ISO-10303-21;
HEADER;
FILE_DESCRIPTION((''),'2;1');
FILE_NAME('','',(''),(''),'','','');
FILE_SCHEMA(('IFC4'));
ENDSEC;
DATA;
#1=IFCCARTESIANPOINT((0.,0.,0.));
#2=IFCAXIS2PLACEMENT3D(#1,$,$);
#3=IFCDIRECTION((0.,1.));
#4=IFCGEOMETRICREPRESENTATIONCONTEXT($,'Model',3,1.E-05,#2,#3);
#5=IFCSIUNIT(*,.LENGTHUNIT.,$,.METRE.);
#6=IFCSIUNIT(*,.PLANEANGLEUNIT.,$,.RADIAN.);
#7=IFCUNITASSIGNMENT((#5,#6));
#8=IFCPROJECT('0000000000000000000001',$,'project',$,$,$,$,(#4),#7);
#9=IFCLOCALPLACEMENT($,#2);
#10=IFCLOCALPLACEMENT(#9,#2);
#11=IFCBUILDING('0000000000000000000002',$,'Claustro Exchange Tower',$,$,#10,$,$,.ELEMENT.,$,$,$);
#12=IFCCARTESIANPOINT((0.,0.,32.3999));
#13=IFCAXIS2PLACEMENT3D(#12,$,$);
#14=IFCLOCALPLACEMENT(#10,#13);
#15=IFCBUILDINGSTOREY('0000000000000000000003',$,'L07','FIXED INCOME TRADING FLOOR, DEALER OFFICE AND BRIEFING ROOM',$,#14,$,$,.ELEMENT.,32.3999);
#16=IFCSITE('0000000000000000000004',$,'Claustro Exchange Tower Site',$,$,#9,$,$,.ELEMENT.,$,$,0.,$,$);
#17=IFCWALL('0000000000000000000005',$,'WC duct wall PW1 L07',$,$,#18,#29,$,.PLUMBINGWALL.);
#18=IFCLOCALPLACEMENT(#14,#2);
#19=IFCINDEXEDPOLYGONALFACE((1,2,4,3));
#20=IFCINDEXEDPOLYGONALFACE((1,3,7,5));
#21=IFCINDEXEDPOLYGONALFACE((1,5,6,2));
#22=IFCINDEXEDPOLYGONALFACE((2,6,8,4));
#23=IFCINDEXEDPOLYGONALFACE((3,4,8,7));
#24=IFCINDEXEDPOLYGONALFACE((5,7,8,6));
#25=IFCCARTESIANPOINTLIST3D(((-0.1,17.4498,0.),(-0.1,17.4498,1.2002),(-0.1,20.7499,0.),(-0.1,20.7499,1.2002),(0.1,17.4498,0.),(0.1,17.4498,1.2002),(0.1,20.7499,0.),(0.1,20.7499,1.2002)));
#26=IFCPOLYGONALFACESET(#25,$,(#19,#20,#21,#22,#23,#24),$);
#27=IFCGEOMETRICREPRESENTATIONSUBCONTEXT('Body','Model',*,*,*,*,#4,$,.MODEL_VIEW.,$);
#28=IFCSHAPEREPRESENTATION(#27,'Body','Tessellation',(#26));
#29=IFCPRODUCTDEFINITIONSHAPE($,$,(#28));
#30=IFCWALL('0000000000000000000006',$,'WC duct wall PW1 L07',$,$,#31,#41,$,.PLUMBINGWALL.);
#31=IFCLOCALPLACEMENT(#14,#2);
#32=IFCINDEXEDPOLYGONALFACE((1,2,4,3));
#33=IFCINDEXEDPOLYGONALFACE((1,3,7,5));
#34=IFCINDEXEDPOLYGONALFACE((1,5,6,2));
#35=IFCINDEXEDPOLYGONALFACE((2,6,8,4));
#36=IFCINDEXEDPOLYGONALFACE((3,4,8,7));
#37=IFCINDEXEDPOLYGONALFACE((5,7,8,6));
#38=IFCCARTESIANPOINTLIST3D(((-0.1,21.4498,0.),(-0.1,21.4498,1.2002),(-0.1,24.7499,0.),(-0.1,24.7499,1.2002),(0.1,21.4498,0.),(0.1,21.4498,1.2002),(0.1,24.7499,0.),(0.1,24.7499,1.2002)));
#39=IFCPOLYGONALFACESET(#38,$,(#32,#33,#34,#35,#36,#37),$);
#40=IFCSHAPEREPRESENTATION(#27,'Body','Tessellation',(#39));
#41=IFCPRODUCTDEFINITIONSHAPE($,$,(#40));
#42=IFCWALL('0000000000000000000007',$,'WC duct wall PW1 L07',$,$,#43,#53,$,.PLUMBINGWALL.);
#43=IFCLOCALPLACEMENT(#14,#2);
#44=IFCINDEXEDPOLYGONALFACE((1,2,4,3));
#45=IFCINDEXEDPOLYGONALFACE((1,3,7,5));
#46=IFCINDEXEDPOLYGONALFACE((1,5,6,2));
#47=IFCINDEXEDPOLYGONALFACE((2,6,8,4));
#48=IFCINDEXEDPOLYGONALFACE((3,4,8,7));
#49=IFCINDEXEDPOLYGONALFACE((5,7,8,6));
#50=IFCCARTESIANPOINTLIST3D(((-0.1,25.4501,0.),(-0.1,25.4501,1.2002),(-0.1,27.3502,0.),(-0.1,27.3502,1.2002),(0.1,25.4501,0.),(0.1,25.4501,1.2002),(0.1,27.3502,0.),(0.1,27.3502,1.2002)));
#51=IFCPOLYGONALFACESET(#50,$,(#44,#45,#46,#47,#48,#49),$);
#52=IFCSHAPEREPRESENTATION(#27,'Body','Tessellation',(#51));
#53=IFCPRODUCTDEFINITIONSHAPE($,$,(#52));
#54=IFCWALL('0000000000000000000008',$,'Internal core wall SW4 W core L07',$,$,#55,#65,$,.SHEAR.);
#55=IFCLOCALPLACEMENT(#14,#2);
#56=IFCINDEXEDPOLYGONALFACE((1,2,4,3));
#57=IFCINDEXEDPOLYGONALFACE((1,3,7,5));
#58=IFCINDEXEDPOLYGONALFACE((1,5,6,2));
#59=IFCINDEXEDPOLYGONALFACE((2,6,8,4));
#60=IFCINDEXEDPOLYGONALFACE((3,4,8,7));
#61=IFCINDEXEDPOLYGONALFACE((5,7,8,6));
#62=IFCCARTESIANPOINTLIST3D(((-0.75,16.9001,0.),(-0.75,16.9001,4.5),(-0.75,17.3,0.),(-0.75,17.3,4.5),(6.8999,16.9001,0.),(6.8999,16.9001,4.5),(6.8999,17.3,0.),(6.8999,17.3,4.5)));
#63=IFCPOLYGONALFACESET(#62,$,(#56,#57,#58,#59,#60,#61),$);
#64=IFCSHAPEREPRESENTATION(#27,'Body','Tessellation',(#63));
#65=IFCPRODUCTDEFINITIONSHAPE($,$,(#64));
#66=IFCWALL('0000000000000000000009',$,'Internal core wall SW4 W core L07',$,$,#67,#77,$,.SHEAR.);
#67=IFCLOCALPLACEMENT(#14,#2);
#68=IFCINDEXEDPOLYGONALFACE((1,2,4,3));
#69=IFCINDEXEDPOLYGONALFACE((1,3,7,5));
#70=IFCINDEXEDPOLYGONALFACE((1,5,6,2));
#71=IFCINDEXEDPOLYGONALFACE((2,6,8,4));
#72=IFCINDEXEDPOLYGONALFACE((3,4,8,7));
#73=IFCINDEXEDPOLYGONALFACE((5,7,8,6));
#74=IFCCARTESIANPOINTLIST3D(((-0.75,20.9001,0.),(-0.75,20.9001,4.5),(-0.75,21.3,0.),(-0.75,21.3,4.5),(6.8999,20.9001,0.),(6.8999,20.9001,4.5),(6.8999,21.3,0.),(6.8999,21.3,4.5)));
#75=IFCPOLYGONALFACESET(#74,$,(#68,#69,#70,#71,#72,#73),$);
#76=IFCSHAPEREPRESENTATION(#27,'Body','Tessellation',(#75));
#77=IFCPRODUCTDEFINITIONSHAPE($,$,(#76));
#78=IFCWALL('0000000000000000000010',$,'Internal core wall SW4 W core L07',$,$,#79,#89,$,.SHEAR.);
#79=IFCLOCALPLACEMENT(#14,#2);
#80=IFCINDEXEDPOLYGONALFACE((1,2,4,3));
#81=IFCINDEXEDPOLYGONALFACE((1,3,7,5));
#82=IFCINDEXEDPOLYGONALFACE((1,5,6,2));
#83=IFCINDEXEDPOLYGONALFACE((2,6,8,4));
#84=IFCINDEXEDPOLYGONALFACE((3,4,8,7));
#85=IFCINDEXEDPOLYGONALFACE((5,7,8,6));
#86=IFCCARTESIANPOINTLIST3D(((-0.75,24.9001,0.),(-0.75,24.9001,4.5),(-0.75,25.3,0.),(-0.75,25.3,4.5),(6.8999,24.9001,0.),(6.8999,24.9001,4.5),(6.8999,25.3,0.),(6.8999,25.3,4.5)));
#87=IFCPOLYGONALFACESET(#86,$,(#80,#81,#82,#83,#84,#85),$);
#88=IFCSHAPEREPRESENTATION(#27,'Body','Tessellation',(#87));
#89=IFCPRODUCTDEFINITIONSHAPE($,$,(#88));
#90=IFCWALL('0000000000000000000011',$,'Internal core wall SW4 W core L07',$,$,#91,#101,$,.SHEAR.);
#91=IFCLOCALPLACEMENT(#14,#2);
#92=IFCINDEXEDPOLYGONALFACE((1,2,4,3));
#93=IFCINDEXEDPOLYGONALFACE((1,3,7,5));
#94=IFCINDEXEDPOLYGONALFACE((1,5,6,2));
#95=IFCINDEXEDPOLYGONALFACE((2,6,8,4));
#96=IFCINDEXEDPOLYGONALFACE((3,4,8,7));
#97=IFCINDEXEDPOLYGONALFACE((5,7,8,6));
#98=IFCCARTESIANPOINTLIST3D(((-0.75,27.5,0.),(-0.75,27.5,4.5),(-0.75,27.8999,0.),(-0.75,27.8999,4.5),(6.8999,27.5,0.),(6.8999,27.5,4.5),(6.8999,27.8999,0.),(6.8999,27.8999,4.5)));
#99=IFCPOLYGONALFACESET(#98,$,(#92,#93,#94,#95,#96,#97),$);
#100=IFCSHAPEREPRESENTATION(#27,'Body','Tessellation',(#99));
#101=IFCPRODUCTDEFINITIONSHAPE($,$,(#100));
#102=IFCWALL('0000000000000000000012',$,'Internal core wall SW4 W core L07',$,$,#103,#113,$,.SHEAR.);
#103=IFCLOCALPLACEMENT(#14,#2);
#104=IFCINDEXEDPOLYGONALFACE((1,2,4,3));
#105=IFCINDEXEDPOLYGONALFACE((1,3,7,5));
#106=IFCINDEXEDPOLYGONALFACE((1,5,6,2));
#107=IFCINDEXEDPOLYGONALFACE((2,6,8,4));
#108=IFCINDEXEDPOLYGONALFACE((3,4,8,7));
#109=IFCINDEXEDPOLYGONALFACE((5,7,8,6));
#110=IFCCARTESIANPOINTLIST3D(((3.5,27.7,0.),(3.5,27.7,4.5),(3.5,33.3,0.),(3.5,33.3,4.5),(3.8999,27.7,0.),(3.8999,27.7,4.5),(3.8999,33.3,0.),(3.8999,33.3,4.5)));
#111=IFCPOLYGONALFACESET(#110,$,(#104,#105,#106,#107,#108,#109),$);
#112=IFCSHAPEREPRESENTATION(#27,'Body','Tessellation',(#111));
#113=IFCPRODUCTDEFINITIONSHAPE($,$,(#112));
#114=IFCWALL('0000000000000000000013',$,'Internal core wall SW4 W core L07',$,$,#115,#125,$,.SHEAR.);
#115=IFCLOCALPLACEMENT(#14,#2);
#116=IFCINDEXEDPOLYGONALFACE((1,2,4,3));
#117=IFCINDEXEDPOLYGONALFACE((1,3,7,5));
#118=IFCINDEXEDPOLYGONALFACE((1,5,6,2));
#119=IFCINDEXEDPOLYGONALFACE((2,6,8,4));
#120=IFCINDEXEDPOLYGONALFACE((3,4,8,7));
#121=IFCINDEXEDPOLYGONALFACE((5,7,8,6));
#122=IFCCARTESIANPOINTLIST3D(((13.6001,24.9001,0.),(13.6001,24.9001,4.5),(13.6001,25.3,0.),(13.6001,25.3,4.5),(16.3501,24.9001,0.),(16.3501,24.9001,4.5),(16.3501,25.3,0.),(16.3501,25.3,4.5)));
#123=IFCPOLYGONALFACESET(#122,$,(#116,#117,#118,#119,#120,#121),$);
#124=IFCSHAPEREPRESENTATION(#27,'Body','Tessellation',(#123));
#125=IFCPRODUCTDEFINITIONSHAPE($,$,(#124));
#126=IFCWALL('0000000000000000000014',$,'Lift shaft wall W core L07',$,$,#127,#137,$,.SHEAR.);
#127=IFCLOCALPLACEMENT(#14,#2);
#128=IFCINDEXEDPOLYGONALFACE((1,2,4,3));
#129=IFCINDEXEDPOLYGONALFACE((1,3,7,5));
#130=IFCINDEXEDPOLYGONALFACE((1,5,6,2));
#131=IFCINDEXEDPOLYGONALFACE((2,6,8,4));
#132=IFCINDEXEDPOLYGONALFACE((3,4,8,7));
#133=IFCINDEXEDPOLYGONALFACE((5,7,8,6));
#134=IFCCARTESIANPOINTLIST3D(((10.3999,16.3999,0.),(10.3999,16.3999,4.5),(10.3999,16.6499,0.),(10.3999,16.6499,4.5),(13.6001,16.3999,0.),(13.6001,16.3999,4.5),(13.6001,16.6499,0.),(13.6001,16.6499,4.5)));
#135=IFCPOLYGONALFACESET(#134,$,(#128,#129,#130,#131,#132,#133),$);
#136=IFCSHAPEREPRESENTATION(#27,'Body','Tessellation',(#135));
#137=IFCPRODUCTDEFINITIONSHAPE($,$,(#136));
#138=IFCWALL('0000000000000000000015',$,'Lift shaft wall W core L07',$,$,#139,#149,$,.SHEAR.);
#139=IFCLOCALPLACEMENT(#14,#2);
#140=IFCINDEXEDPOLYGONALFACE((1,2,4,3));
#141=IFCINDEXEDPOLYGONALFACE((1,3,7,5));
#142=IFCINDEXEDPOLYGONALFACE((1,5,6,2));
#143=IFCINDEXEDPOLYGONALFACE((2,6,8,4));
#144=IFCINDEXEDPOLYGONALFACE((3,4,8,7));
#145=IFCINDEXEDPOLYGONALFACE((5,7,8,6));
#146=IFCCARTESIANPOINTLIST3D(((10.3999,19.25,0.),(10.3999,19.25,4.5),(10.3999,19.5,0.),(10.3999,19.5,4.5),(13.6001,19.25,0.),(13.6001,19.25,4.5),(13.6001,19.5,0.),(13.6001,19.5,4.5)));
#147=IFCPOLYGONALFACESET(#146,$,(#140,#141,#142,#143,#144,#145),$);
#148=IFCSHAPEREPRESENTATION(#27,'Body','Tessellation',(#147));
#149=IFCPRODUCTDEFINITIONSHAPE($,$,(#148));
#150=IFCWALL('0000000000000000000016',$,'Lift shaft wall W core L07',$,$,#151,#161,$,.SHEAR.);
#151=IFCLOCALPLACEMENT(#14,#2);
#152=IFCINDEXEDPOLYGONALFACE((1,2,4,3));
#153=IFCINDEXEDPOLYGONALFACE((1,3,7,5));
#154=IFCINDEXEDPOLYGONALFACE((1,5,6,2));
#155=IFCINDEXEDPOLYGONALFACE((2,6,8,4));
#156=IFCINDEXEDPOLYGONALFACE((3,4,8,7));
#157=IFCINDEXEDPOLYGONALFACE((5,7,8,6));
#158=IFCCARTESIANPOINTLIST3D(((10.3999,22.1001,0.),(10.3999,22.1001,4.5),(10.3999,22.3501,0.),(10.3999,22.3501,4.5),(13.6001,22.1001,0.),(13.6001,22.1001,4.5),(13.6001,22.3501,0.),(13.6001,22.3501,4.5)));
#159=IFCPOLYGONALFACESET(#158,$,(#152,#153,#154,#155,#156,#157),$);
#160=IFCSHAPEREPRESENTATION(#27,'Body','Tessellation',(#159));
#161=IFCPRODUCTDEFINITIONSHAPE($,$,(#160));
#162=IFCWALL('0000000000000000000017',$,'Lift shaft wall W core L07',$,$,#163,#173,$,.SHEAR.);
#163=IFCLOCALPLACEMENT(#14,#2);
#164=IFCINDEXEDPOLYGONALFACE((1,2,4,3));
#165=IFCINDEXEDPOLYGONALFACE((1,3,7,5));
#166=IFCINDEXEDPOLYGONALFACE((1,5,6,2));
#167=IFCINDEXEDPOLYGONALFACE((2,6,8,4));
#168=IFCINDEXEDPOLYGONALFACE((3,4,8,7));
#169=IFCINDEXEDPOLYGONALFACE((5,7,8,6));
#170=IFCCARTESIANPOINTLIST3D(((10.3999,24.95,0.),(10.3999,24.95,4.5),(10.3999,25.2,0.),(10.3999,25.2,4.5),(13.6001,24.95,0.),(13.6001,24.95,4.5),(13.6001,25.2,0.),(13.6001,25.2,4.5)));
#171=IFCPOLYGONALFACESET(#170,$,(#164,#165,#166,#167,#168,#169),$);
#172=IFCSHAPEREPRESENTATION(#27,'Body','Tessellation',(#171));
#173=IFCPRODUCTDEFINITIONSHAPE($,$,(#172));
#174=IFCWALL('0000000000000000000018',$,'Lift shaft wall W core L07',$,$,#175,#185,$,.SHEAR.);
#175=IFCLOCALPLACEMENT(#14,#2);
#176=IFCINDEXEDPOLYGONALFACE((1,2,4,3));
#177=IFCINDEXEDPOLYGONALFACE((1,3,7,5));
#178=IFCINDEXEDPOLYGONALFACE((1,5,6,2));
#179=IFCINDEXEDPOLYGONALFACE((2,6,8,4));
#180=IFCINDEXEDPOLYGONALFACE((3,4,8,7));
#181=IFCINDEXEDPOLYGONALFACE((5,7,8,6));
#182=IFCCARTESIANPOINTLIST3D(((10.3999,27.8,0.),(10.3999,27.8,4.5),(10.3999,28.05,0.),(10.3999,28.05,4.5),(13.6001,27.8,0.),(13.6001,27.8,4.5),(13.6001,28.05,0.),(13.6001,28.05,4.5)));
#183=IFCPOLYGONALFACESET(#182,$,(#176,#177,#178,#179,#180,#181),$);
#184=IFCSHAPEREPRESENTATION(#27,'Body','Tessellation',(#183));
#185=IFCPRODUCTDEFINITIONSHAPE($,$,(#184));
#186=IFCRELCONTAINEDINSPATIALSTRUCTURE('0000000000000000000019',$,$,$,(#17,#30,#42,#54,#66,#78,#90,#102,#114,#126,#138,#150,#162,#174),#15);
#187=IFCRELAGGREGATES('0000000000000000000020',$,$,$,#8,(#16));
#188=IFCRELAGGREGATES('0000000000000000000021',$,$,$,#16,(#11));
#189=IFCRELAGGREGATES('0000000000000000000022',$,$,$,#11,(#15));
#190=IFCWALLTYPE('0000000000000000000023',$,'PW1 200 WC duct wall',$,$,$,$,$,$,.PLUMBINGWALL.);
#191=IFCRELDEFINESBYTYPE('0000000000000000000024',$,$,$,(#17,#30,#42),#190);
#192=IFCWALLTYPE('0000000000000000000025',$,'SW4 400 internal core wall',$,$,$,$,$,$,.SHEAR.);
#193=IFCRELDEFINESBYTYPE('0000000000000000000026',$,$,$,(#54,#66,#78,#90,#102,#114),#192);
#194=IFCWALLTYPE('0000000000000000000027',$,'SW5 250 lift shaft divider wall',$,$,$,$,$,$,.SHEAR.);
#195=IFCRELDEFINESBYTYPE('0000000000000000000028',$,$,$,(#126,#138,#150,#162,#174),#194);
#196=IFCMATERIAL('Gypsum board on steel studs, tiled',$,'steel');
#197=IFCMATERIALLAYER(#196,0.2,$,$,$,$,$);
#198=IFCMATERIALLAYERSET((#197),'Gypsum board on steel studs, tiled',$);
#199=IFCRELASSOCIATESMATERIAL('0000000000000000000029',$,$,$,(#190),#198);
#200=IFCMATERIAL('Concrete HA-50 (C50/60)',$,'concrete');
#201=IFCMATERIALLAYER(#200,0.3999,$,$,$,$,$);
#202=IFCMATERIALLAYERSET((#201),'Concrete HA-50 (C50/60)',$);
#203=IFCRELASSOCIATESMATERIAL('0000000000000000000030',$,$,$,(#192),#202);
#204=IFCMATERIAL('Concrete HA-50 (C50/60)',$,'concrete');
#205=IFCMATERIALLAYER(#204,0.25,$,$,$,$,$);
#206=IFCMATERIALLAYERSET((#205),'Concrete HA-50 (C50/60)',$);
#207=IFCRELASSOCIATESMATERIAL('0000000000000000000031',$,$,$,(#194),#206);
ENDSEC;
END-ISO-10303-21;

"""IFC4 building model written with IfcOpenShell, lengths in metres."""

from ifc_helpers import new_model, si_unit, direction, frame, frame_2d, origin, place, context, subcontext, project, spatial, rectangle, extrude, material, layer, layer_set, type_object, element, save


model = new_model("IFC4")

# Units and contexts
model_context = context("Model", 3, precision=1e-05, world=origin(), true_north=direction((0.0, 1.0)))
body_context = subcontext(model_context, "Body", "Model", "MODEL_VIEW")
ifc_project = project(units=[si_unit("LENGTHUNIT", "METRE"), si_unit("PLANEANGLEUNIT", "RADIAN")], contexts=[model_context])

# Site, building, storey
site_placement = place(None, origin())
site = spatial("IfcSite", under=ifc_project, at=site_placement, Name="Claustro Exchange Tower Site", CompositionType="ELEMENT", RefElevation=0.0)
building_placement = place(site_placement, origin())
building = spatial("IfcBuilding", under=site, at=building_placement, Name="Claustro Exchange Tower", CompositionType="ELEMENT")
storey_placement = place(building_placement, frame((0.0, 0.0, 32.3999)))
storey = spatial("IfcBuildingStorey", under=building, at=storey_placement, Name="L07", Description="FIXED INCOME TRADING FLOOR, DEALER OFFICE AND BRIEFING ROOM", CompositionType="ELEMENT", Elevation=32.3999)

# Walls
ifc_material_1 = material(Name="Gypsum board on steel studs, tiled", Category="steel")
ifc_layer_1 = layer(ifc_material_1, 0.2)
ifc_layer_set_1 = layer_set([ifc_layer_1], Name="Gypsum board on steel studs, tiled")
wall_type_1 = type_object("IfcWallType", Name="PW1 200 WC duct wall", PredefinedType="PLUMBINGWALL", material=ifc_layer_set_1)
for number, where, z_axis, x_axis, name in (
    (1, (0.0, 17.45, 0.0), (0.0, 0.0, 1.0), (0.0, 1.0, 0.0), "WC duct wall PW1 L07"),
    (2, (0.0, 21.45, 0.0), (0.0, 0.0, 1.0), (0.0, 1.0, 0.0), "WC duct wall PW1 L07"),
):
    element("IfcWall", number, at=place(storey_placement, frame(where, z_axis=z_axis, x_axis=x_axis)), inside=storey, type_object=wall_type_1, Name=name, PredefinedType="PLUMBINGWALL", context=body_context, shape_type="SweptSolid", body=[
        extrude(rectangle(XDim=3.3, YDim=0.2, at=frame_2d((1.6499, 0.0))), origin(), (0.0, 0.0, 1.0), 1.2002),
    ])
wall_1_placement = place(storey_placement, frame((0.0, 25.45, 0.0), z_axis=(0.0, 0.0, 1.0), x_axis=(0.0, 1.0, 0.0)))
element("IfcWall", 3, at=wall_1_placement, inside=storey, type_object=wall_type_1, Name="WC duct wall PW1 L07", PredefinedType="PLUMBINGWALL", context=body_context, shape_type="SweptSolid", body=[
    extrude(rectangle(XDim=1.9001, YDim=0.2, at=frame_2d((0.9502, 0.0))), origin(), (0.0, 0.0, 1.0), 1.2002),
])
ifc_material_2 = material(Name="Concrete HA-50 (C50/60)", Category="concrete")
ifc_layer_2 = layer(ifc_material_2, 0.3999)
ifc_layer_set_2 = layer_set([ifc_layer_2], Name="Concrete HA-50 (C50/60)")
wall_type_2 = type_object("IfcWallType", Name="SW4 400 internal core wall", PredefinedType="SHEAR", material=ifc_layer_set_2)
for number, where, z_axis, x_axis, name in (
    (4, (-0.75, 17.1001, 0.0), (0.0, 0.0, 1.0), (1.0, 0.0, 0.0), "Internal core wall SW4 W core L07"),
    (5, (-0.75, 21.1001, 0.0), (0.0, 0.0, 1.0), (1.0, 0.0, 0.0), "Internal core wall SW4 W core L07"),
    (6, (-0.75, 25.1001, 0.0), (0.0, 0.0, 1.0), (1.0, 0.0, 0.0), "Internal core wall SW4 W core L07"),
    (7, (-0.75, 27.7, 0.0), (0.0, 0.0, 1.0), (1.0, 0.0, 0.0), "Internal core wall SW4 W core L07"),
):
    element("IfcWall", number, at=place(storey_placement, frame(where, z_axis=z_axis, x_axis=x_axis)), inside=storey, type_object=wall_type_2, Name=name, PredefinedType="SHEAR", context=body_context, shape_type="SweptSolid", body=[
        extrude(rectangle(XDim=7.6499, YDim=0.3999, at=frame_2d((3.825, 0.0))), origin(), (0.0, 0.0, 1.0), 4.5),
    ])
wall_2_placement = place(storey_placement, frame((3.7, 27.7, 0.0), z_axis=(0.0, 0.0, 1.0), x_axis=(0.0, 1.0, 0.0)))
element("IfcWall", 8, at=wall_2_placement, inside=storey, type_object=wall_type_2, Name="Internal core wall SW4 W core L07", PredefinedType="SHEAR", context=body_context, shape_type="SweptSolid", body=[
    extrude(rectangle(XDim=5.6001, YDim=0.3999, at=frame_2d((2.8, 0.0))), origin(), (0.0, 0.0, 1.0), 4.5),
])
wall_3_placement = place(storey_placement, frame((13.6001, 25.1001, 0.0), z_axis=(0.0, 0.0, 1.0), x_axis=(1.0, 0.0, 0.0)))
element("IfcWall", 9, at=wall_3_placement, inside=storey, type_object=wall_type_2, Name="Internal core wall SW4 W core L07", PredefinedType="SHEAR", context=body_context, shape_type="SweptSolid", body=[
    extrude(rectangle(XDim=2.75, YDim=0.3999, at=frame_2d((1.375, 0.0))), origin(), (0.0, 0.0, 1.0), 4.5),
])
ifc_material_3 = material(Name="Concrete HA-50 (C50/60)", Category="concrete")
ifc_layer_3 = layer(ifc_material_3, 0.25)
ifc_layer_set_3 = layer_set([ifc_layer_3], Name="Concrete HA-50 (C50/60)")
wall_type_3 = type_object("IfcWallType", Name="SW5 250 lift shaft divider wall", PredefinedType="SHEAR", material=ifc_layer_set_3)
for number, where, z_axis, x_axis, name in (
    (10, (10.3999, 16.5249, 0.0), (0.0, 0.0, 1.0), (1.0, 0.0, 0.0), "Lift shaft wall W core L07"),
    (11, (10.3999, 19.375, 0.0), (0.0, 0.0, 1.0), (1.0, 0.0, 0.0), "Lift shaft wall W core L07"),
    (12, (10.3999, 22.2251, 0.0), (0.0, 0.0, 1.0), (1.0, 0.0, 0.0), "Lift shaft wall W core L07"),
    (13, (10.3999, 25.075, 0.0), (0.0, 0.0, 1.0), (1.0, 0.0, 0.0), "Lift shaft wall W core L07"),
    (14, (10.3999, 27.925, 0.0), (0.0, 0.0, 1.0), (1.0, 0.0, 0.0), "Lift shaft wall W core L07"),
):
    element("IfcWall", number, at=place(storey_placement, frame(where, z_axis=z_axis, x_axis=x_axis)), inside=storey, type_object=wall_type_3, Name=name, PredefinedType="SHEAR", context=body_context, shape_type="SweptSolid", body=[
        extrude(rectangle(XDim=3.2002, YDim=0.25, at=frame_2d((1.6001, 0.0))), origin(), (0.0, 0.0, 1.0), 4.5),
    ])

save(model, "model.ifc")
